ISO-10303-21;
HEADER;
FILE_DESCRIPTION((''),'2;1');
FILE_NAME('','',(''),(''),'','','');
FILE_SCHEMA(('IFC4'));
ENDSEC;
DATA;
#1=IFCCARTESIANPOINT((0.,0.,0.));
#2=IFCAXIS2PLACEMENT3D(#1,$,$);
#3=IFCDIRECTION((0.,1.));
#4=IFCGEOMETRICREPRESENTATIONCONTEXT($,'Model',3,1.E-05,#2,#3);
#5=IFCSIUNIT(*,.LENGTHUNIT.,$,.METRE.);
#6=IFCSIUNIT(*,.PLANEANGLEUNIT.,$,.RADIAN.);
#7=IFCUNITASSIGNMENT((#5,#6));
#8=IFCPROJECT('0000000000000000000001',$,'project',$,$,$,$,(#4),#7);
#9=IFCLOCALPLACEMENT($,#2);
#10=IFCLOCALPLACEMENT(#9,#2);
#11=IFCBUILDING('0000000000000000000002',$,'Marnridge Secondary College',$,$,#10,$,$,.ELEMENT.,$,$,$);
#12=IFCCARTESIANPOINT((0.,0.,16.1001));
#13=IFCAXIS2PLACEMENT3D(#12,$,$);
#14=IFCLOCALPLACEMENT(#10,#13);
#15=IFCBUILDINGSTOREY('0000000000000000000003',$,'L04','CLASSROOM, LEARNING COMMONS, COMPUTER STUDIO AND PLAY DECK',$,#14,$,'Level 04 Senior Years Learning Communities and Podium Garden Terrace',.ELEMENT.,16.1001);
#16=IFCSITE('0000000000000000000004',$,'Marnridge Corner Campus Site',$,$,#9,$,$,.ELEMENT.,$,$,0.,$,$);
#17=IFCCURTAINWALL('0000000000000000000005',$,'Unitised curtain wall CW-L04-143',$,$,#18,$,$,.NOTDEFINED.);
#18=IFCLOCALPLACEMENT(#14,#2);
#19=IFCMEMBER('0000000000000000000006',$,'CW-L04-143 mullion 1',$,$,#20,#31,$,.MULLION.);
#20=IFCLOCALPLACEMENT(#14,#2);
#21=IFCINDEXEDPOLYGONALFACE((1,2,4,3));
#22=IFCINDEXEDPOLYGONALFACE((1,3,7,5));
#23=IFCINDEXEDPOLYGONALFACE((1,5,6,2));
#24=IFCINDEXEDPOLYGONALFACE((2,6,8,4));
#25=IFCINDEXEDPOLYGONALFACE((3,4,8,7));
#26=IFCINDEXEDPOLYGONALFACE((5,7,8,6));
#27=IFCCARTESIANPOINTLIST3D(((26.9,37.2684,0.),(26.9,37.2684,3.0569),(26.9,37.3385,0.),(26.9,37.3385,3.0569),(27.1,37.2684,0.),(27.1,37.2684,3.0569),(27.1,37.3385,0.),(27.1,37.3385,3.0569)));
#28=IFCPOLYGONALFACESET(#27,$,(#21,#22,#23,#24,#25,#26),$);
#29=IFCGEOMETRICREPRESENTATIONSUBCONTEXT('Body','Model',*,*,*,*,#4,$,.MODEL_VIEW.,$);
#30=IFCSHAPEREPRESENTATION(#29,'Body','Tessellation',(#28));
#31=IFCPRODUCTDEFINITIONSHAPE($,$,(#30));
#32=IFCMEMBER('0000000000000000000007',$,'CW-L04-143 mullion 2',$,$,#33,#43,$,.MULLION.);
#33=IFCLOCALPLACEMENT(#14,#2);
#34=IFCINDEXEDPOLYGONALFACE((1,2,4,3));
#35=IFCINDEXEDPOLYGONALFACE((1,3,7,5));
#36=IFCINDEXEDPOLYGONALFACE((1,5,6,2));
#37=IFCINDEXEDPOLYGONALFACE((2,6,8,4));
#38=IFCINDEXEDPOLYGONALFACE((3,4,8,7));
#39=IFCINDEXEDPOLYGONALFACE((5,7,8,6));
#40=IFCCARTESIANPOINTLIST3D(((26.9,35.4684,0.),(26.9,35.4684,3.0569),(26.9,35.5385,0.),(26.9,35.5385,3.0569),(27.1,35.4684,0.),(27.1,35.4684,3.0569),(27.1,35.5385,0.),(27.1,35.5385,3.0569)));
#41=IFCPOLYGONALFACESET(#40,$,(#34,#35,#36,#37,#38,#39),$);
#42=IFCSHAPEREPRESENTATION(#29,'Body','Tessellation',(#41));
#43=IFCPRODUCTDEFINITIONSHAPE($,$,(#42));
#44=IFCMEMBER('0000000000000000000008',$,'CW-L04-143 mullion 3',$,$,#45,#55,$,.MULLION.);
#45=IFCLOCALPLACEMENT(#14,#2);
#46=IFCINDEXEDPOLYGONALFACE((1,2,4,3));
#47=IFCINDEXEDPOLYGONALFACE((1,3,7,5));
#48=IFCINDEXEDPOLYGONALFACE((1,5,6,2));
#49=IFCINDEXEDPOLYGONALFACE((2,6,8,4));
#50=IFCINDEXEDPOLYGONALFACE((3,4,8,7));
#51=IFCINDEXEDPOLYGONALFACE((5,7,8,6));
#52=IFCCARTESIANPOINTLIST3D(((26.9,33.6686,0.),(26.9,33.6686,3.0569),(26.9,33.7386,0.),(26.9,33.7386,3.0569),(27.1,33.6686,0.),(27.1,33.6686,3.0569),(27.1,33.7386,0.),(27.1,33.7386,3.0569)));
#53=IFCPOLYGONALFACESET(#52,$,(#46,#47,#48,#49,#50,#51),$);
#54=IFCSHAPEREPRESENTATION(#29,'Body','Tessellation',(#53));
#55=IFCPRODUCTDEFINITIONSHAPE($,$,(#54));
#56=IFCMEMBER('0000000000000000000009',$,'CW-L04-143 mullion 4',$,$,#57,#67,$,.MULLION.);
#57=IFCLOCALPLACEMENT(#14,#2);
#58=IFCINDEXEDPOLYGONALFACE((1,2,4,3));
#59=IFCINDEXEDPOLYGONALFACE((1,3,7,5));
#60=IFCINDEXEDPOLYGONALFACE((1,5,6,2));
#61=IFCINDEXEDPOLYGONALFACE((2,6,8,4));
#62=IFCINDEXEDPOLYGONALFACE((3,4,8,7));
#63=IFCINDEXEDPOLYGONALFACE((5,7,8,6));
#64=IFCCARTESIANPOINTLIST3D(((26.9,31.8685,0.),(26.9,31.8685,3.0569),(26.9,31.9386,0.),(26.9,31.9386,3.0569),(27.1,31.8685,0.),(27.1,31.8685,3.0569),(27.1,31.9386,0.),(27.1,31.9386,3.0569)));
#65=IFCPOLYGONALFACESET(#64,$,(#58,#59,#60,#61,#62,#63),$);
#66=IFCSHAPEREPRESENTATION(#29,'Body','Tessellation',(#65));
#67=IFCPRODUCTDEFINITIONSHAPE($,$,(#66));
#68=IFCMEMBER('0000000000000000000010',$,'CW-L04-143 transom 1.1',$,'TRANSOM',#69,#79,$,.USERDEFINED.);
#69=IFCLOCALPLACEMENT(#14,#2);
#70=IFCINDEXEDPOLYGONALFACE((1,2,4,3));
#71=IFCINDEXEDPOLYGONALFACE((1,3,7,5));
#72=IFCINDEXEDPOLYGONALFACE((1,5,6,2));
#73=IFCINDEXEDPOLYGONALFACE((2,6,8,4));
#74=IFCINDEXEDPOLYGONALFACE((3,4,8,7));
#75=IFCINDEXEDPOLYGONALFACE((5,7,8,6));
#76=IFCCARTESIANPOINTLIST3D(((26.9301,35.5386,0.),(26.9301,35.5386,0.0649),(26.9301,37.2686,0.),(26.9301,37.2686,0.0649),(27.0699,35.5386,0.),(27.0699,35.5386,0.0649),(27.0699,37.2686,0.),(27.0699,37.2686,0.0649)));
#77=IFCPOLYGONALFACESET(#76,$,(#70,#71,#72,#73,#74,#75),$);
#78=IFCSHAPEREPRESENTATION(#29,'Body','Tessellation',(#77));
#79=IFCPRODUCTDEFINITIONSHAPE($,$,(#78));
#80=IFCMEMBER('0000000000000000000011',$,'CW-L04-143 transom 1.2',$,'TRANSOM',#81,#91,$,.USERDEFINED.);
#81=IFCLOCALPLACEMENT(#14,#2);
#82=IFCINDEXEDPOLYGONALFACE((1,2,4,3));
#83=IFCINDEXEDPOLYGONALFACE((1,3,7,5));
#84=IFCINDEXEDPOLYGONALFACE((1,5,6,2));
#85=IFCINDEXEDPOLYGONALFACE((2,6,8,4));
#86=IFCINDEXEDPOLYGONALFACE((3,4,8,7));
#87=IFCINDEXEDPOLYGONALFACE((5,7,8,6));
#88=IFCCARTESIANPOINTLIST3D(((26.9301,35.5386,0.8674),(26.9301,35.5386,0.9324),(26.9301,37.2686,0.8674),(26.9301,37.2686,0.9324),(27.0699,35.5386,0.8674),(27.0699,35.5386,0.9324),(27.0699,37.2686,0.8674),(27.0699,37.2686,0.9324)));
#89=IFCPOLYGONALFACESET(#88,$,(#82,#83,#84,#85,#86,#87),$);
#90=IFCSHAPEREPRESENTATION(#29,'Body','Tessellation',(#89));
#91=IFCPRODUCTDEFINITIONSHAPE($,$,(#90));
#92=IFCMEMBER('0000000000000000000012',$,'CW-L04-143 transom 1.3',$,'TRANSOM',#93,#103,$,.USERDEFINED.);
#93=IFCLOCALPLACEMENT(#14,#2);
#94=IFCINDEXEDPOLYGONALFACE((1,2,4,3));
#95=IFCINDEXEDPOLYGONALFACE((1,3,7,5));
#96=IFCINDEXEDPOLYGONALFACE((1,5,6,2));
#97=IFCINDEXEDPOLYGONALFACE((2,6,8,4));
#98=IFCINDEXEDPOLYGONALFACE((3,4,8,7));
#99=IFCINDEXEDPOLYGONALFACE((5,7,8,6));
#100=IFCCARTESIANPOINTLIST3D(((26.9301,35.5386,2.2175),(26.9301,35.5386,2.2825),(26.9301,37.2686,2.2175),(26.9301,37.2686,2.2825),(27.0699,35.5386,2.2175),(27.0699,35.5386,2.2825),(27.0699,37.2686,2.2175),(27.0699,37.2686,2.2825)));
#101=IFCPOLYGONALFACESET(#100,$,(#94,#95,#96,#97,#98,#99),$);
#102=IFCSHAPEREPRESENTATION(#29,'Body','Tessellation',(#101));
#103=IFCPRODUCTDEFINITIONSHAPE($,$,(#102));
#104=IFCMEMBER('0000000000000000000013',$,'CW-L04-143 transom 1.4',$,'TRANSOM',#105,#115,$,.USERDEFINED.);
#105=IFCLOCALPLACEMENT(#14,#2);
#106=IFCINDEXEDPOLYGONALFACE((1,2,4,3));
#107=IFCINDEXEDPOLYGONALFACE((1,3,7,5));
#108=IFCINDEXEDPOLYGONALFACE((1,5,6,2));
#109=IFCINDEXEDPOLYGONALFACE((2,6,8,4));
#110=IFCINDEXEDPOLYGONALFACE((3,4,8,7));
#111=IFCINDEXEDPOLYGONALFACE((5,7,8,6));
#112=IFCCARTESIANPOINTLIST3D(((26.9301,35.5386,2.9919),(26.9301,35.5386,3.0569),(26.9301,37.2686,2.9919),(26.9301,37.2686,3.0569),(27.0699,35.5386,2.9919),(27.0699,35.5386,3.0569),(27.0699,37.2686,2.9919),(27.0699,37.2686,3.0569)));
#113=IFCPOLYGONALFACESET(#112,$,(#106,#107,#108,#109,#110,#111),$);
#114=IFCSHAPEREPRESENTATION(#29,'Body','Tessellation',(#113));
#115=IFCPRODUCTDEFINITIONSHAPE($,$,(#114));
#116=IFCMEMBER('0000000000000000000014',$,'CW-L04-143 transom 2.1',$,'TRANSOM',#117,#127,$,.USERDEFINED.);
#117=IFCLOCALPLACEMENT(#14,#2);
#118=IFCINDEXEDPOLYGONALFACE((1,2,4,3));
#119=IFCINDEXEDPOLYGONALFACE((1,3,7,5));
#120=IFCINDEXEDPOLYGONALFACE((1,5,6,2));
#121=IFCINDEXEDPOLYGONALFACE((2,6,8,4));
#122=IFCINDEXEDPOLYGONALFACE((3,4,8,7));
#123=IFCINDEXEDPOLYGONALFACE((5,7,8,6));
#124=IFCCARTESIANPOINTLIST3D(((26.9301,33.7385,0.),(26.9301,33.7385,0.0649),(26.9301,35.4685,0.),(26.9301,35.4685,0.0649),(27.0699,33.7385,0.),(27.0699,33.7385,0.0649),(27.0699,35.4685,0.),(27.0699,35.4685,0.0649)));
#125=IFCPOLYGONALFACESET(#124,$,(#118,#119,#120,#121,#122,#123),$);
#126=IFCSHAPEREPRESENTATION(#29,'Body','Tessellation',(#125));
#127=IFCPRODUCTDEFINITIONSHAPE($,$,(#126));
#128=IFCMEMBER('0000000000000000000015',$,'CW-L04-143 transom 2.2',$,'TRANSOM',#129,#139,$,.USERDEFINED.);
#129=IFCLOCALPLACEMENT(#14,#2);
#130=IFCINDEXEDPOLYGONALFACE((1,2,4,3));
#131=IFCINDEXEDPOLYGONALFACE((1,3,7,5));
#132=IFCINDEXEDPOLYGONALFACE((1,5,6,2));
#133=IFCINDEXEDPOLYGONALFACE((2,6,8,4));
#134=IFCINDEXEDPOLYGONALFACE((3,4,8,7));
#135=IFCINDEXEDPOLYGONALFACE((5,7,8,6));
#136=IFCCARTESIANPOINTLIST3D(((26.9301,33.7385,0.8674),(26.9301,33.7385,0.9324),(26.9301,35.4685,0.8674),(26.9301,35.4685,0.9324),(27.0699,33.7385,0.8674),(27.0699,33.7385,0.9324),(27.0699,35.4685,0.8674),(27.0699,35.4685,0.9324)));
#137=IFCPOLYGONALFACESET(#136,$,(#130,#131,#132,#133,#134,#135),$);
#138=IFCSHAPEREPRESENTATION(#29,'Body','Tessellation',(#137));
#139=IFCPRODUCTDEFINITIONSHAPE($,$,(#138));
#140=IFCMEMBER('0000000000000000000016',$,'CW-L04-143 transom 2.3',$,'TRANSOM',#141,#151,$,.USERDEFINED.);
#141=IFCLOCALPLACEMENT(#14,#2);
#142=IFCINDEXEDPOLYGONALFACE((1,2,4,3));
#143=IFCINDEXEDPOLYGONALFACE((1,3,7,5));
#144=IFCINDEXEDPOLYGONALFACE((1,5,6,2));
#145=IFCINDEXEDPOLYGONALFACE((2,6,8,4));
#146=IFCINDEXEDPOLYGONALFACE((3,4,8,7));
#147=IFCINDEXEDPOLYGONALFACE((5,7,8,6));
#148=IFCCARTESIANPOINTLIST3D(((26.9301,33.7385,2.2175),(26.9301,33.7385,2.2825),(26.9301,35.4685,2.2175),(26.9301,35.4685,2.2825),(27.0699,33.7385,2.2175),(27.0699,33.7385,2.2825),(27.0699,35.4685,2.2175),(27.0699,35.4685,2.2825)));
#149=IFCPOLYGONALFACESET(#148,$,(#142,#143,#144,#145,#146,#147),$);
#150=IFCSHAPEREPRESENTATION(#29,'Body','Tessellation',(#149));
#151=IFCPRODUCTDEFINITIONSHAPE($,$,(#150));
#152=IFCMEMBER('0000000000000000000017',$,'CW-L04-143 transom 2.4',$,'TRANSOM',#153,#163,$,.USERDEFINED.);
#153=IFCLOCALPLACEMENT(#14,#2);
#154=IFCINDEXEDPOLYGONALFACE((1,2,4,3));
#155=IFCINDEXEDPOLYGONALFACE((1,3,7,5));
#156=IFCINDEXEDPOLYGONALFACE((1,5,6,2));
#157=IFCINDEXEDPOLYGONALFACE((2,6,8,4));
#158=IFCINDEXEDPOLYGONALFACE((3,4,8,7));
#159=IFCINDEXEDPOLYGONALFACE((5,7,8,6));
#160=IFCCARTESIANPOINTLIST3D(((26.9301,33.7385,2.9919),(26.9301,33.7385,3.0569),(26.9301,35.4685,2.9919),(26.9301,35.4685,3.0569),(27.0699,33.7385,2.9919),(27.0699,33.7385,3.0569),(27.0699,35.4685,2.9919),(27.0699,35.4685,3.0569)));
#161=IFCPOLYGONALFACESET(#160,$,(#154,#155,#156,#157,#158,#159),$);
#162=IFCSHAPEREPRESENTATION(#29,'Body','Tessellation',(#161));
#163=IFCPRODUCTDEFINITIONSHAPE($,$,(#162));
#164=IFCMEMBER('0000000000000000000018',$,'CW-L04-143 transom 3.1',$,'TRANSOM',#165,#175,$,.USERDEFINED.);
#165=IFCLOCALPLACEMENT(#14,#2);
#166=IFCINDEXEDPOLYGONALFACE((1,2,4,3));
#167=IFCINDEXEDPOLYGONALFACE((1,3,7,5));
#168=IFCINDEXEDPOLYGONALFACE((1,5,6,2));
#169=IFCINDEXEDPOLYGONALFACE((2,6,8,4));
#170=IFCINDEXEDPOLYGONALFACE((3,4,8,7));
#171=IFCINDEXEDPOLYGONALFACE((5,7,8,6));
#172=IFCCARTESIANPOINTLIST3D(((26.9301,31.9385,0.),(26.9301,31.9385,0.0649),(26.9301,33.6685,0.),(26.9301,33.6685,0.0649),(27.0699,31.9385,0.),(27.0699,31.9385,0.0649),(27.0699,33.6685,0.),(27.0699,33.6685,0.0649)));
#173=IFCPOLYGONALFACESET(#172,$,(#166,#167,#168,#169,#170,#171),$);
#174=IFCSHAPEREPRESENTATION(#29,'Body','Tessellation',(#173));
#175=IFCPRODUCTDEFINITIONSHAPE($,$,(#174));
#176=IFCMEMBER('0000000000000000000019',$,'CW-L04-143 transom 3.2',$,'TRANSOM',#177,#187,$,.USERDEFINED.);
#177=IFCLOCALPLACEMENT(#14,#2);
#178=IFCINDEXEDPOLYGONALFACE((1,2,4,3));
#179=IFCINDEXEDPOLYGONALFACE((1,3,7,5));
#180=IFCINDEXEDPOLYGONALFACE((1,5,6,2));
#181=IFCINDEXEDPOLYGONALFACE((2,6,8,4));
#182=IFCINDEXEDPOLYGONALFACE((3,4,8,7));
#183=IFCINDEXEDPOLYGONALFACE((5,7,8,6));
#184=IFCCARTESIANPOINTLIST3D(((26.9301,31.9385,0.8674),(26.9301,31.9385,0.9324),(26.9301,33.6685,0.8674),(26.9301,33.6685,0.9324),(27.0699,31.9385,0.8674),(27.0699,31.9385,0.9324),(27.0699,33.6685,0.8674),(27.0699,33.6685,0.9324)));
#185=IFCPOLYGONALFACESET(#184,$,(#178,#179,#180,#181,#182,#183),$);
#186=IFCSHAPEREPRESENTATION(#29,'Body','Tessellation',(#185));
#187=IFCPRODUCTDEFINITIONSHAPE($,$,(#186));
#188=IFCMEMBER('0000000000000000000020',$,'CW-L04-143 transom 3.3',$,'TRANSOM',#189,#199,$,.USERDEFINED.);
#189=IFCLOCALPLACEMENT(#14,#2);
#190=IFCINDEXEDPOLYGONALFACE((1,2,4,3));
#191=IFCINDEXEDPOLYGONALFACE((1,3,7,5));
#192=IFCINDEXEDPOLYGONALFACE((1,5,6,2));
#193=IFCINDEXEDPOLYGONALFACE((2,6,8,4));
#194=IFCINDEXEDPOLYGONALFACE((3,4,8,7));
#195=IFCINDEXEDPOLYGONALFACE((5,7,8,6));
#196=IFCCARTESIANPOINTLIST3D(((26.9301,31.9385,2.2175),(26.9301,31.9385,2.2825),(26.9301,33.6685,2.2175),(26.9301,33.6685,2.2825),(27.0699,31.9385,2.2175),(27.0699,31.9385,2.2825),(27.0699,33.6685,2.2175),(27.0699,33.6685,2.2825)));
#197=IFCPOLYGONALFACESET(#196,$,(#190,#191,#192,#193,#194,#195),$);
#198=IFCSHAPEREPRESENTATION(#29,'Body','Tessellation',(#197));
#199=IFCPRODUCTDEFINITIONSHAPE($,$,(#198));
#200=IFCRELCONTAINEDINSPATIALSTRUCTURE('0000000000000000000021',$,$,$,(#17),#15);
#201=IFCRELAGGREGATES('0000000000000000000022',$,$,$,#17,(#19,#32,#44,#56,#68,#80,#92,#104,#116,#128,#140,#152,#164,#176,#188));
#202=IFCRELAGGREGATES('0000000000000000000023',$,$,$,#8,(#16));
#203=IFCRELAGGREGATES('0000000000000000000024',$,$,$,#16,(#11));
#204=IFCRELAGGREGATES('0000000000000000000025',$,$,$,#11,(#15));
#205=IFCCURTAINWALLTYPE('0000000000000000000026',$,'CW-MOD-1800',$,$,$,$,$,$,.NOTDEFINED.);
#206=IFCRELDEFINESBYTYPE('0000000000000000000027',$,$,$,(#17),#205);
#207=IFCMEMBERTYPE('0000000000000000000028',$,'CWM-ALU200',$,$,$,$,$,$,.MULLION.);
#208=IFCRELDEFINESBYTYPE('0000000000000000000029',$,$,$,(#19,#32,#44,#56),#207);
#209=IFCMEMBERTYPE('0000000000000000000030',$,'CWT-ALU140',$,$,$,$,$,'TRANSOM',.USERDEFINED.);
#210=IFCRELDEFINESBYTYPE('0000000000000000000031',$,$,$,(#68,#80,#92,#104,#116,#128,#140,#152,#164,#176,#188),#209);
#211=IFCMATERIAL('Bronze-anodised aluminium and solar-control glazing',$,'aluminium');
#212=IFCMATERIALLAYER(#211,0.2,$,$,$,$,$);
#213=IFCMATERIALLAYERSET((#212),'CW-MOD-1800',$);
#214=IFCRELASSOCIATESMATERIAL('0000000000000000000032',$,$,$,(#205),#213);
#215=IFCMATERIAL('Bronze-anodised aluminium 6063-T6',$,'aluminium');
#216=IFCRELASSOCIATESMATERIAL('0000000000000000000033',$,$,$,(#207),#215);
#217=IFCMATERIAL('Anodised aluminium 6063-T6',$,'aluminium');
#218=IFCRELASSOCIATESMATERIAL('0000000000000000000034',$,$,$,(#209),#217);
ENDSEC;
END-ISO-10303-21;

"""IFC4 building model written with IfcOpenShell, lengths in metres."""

from ifc_helpers import new_model, si_unit, direction, frame, origin, origin_2d, place, context, subcontext, project, spatial, rectangle, extrude, material, layer, layer_set, material_profile, profile_set, type_object, element, aggregate, save


model = new_model("IFC4")

# Units and contexts
model_context = context("Model", 3, precision=1e-05, world=origin(), true_north=direction((0.0, 1.0)))
body_context = subcontext(model_context, "Body", "Model", "MODEL_VIEW")
ifc_project = project(units=[si_unit("LENGTHUNIT", "METRE"), si_unit("PLANEANGLEUNIT", "RADIAN")], contexts=[model_context])

# Site, building, storey
site_placement = place(None, origin())
site = spatial("IfcSite", under=ifc_project, at=site_placement, Name="Marnridge Corner Campus Site", CompositionType="ELEMENT", RefElevation=0.0)
building_placement = place(site_placement, origin())
building = spatial("IfcBuilding", under=site, at=building_placement, Name="Marnridge Secondary College", CompositionType="ELEMENT")
storey_placement = place(building_placement, frame((0.0, 0.0, 16.1001)))
storey = spatial("IfcBuildingStorey", under=building, at=storey_placement, Name="L04", Description="CLASSROOM, LEARNING COMMONS, COMPUTER STUDIO AND PLAY DECK", LongName="Level 04 Senior Years Learning Communities and Podium Garden Terrace", CompositionType="ELEMENT", Elevation=16.1001)

# Curtain wall, members
ifc_material_1 = material(Name="Bronze-anodised aluminium and solar-control glazing", Category="aluminium")
ifc_layer_1 = layer(ifc_material_1, 0.2)
ifc_layer_set_1 = layer_set([ifc_layer_1], Name="CW-MOD-1800")
curtain_wall_type = type_object("IfcCurtainWallType", Name="CW-MOD-1800", PredefinedType="NOTDEFINED", material=ifc_layer_set_1)
curtain_wall_placement = place(storey_placement, origin())
curtain_wall = element("IfcCurtainWall", 1, at=curtain_wall_placement, inside=storey, type_object=curtain_wall_type, Name="Unitised curtain wall CW-L04-143", PredefinedType="NOTDEFINED")
ifc_material_2 = material(Name="Bronze-anodised aluminium 6063-T6", Category="aluminium")
ifc_material_profile_1 = material_profile(ifc_material_2, rectangle(XDim=0.0701, YDim=0.2, at=origin_2d()), Name="ALU 70x200")
ifc_profile_set_1 = profile_set([ifc_material_profile_1], Name="Bronze-anodised aluminium 6063-T6")
member_type_1 = type_object("IfcMemberType", Name="CWM-ALU200", PredefinedType="MULLION", material=ifc_profile_set_1)
member_1_placement = place(storey_placement, frame((27.0, 37.3035, 0.0), z_axis=(0.0, 0.0, 1.0), x_axis=(0.0, -1.0, 0.0)))
member_1 = element("IfcMember", 2, at=member_1_placement, type_object=member_type_1, Name="CW-L04-143 mullion 1", PredefinedType="MULLION", context=body_context, shape_type="SweptSolid", body=[
    extrude(rectangle(XDim=0.0701, YDim=0.2, at=origin_2d()), origin(), (0.0, 0.0, 1.0), 3.0569),
])
member_2_placement = place(storey_placement, frame((27.0, 35.5034, 0.0), z_axis=(0.0, 0.0, 1.0), x_axis=(0.0, -1.0, 0.0)))
member_2 = element("IfcMember", 3, at=member_2_placement, type_object=member_type_1, Name="CW-L04-143 mullion 2", PredefinedType="MULLION", context=body_context, shape_type="SweptSolid", body=[
    extrude(rectangle(XDim=0.0701, YDim=0.2, at=origin_2d()), origin(), (0.0, 0.0, 1.0), 3.0569),
])
member_3_placement = place(storey_placement, frame((27.0, 33.7036, 0.0), z_axis=(0.0, 0.0, 1.0), x_axis=(0.0, -1.0, 0.0)))
member_3 = element("IfcMember", 4, at=member_3_placement, type_object=member_type_1, Name="CW-L04-143 mullion 3", PredefinedType="MULLION", context=body_context, shape_type="SweptSolid", body=[
    extrude(rectangle(XDim=0.0701, YDim=0.2, at=origin_2d()), origin(), (0.0, 0.0, 1.0), 3.0569),
])
member_4_placement = place(storey_placement, frame((27.0, 31.9036, 0.0), z_axis=(0.0, 0.0, 1.0), x_axis=(0.0, -1.0, 0.0)))
member_4 = element("IfcMember", 5, at=member_4_placement, type_object=member_type_1, Name="CW-L04-143 mullion 4", PredefinedType="MULLION", context=body_context, shape_type="SweptSolid", body=[
    extrude(rectangle(XDim=0.0701, YDim=0.2, at=origin_2d()), origin(), (0.0, 0.0, 1.0), 3.0569),
])
ifc_material_3 = material(Name="Anodised aluminium 6063-T6", Category="aluminium")
ifc_material_profile_2 = material_profile(ifc_material_3, rectangle(XDim=0.0649, YDim=0.1399, at=origin_2d()), Name="ALU 65x140")
ifc_profile_set_2 = profile_set([ifc_material_profile_2], Name="Anodised aluminium 6063-T6")
member_type_2 = type_object("IfcMemberType", Name="CWT-ALU140", ElementType="TRANSOM", PredefinedType="USERDEFINED", material=ifc_profile_set_2)
member_5_placement = place(storey_placement, frame((27.0, 37.2686, 0.0325), z_axis=(0.0, -1.0, 0.0), x_axis=(0.0, 0.0, 1.0)))
member_5 = element("IfcMember", 6, at=member_5_placement, type_object=member_type_2, Name="CW-L04-143 transom 1.1", ObjectType="TRANSOM", PredefinedType="USERDEFINED", context=body_context, shape_type="SweptSolid", body=[
    extrude(rectangle(XDim=0.0649, YDim=0.1399, at=origin_2d()), origin(), (0.0, 0.0, 1.0), 1.73),
])
member_6_placement = place(storey_placement, frame((27.0, 37.2686, 0.8999), z_axis=(0.0, -1.0, 0.0), x_axis=(0.0, 0.0, 1.0)))
member_6 = element("IfcMember", 7, at=member_6_placement, type_object=member_type_2, Name="CW-L04-143 transom 1.2", ObjectType="TRANSOM", PredefinedType="USERDEFINED", context=body_context, shape_type="SweptSolid", body=[
    extrude(rectangle(XDim=0.0649, YDim=0.1399, at=origin_2d()), origin(), (0.0, 0.0, 1.0), 1.73),
])
member_7_placement = place(storey_placement, frame((27.0, 37.2686, 2.25), z_axis=(0.0, -1.0, 0.0), x_axis=(0.0, 0.0, 1.0)))
member_7 = element("IfcMember", 8, at=member_7_placement, type_object=member_type_2, Name="CW-L04-143 transom 1.3", ObjectType="TRANSOM", PredefinedType="USERDEFINED", context=body_context, shape_type="SweptSolid", body=[
    extrude(rectangle(XDim=0.0649, YDim=0.1399, at=origin_2d()), origin(), (0.0, 0.0, 1.0), 1.73),
])
member_8_placement = place(storey_placement, frame((27.0, 37.2686, 3.0244), z_axis=(0.0, -1.0, 0.0), x_axis=(0.0, 0.0, 1.0)))
member_8 = element("IfcMember", 9, at=member_8_placement, type_object=member_type_2, Name="CW-L04-143 transom 1.4", ObjectType="TRANSOM", PredefinedType="USERDEFINED", context=body_context, shape_type="SweptSolid", body=[
    extrude(rectangle(XDim=0.0649, YDim=0.1399, at=origin_2d()), origin(), (0.0, 0.0, 1.0), 1.73),
])
member_9_placement = place(storey_placement, frame((27.0, 35.4685, 0.0325), z_axis=(0.0, -1.0, 0.0), x_axis=(0.0, 0.0, 1.0)))
member_9 = element("IfcMember", 10, at=member_9_placement, type_object=member_type_2, Name="CW-L04-143 transom 2.1", ObjectType="TRANSOM", PredefinedType="USERDEFINED", context=body_context, shape_type="SweptSolid", body=[
    extrude(rectangle(XDim=0.0649, YDim=0.1399, at=origin_2d()), origin(), (0.0, 0.0, 1.0), 1.73),
])
member_10_placement = place(storey_placement, frame((27.0, 35.4685, 0.8999), z_axis=(0.0, -1.0, 0.0), x_axis=(0.0, 0.0, 1.0)))
member_10 = element("IfcMember", 11, at=member_10_placement, type_object=member_type_2, Name="CW-L04-143 transom 2.2", ObjectType="TRANSOM", PredefinedType="USERDEFINED", context=body_context, shape_type="SweptSolid", body=[
    extrude(rectangle(XDim=0.0649, YDim=0.1399, at=origin_2d()), origin(), (0.0, 0.0, 1.0), 1.73),
])
member_11_placement = place(storey_placement, frame((27.0, 35.4685, 2.25), z_axis=(0.0, -1.0, 0.0), x_axis=(0.0, 0.0, 1.0)))
member_11 = element("IfcMember", 12, at=member_11_placement, type_object=member_type_2, Name="CW-L04-143 transom 2.3", ObjectType="TRANSOM", PredefinedType="USERDEFINED", context=body_context, shape_type="SweptSolid", body=[
    extrude(rectangle(XDim=0.0649, YDim=0.1399, at=origin_2d()), origin(), (0.0, 0.0, 1.0), 1.73),
])
member_12_placement = place(storey_placement, frame((27.0, 35.4685, 3.0244), z_axis=(0.0, -1.0, 0.0), x_axis=(0.0, 0.0, 1.0)))
member_12 = element("IfcMember", 13, at=member_12_placement, type_object=member_type_2, Name="CW-L04-143 transom 2.4", ObjectType="TRANSOM", PredefinedType="USERDEFINED", context=body_context, shape_type="SweptSolid", body=[
    extrude(rectangle(XDim=0.0649, YDim=0.1399, at=origin_2d()), origin(), (0.0, 0.0, 1.0), 1.73),
])
member_13_placement = place(storey_placement, frame((27.0, 33.6685, 0.0325), z_axis=(0.0, -1.0, 0.0), x_axis=(0.0, 0.0, 1.0)))
member_13 = element("IfcMember", 14, at=member_13_placement, type_object=member_type_2, Name="CW-L04-143 transom 3.1", ObjectType="TRANSOM", PredefinedType="USERDEFINED", context=body_context, shape_type="SweptSolid", body=[
    extrude(rectangle(XDim=0.0649, YDim=0.1399, at=origin_2d()), origin(), (0.0, 0.0, 1.0), 1.73),
])
member_14_placement = place(storey_placement, frame((27.0, 33.6685, 0.8999), z_axis=(0.0, -1.0, 0.0), x_axis=(0.0, 0.0, 1.0)))
member_14 = element("IfcMember", 15, at=member_14_placement, type_object=member_type_2, Name="CW-L04-143 transom 3.2", ObjectType="TRANSOM", PredefinedType="USERDEFINED", context=body_context, shape_type="SweptSolid", body=[
    extrude(rectangle(XDim=0.0649, YDim=0.1399, at=origin_2d()), origin(), (0.0, 0.0, 1.0), 1.73),
])
member_15_placement = place(storey_placement, frame((27.0, 33.6685, 2.25), z_axis=(0.0, -1.0, 0.0), x_axis=(0.0, 0.0, 1.0)))
member_15 = element("IfcMember", 16, at=member_15_placement, type_object=member_type_2, Name="CW-L04-143 transom 3.3", ObjectType="TRANSOM", PredefinedType="USERDEFINED", context=body_context, shape_type="SweptSolid", body=[
    extrude(rectangle(XDim=0.0649, YDim=0.1399, at=origin_2d()), origin(), (0.0, 0.0, 1.0), 1.73),
])
aggregate(curtain_wall, [member_1, member_2, member_3, member_4, member_5, member_6, member_7, member_8, member_9, member_10, member_11, member_12, member_13, member_14, member_15])

save(model, "model.ifc")
